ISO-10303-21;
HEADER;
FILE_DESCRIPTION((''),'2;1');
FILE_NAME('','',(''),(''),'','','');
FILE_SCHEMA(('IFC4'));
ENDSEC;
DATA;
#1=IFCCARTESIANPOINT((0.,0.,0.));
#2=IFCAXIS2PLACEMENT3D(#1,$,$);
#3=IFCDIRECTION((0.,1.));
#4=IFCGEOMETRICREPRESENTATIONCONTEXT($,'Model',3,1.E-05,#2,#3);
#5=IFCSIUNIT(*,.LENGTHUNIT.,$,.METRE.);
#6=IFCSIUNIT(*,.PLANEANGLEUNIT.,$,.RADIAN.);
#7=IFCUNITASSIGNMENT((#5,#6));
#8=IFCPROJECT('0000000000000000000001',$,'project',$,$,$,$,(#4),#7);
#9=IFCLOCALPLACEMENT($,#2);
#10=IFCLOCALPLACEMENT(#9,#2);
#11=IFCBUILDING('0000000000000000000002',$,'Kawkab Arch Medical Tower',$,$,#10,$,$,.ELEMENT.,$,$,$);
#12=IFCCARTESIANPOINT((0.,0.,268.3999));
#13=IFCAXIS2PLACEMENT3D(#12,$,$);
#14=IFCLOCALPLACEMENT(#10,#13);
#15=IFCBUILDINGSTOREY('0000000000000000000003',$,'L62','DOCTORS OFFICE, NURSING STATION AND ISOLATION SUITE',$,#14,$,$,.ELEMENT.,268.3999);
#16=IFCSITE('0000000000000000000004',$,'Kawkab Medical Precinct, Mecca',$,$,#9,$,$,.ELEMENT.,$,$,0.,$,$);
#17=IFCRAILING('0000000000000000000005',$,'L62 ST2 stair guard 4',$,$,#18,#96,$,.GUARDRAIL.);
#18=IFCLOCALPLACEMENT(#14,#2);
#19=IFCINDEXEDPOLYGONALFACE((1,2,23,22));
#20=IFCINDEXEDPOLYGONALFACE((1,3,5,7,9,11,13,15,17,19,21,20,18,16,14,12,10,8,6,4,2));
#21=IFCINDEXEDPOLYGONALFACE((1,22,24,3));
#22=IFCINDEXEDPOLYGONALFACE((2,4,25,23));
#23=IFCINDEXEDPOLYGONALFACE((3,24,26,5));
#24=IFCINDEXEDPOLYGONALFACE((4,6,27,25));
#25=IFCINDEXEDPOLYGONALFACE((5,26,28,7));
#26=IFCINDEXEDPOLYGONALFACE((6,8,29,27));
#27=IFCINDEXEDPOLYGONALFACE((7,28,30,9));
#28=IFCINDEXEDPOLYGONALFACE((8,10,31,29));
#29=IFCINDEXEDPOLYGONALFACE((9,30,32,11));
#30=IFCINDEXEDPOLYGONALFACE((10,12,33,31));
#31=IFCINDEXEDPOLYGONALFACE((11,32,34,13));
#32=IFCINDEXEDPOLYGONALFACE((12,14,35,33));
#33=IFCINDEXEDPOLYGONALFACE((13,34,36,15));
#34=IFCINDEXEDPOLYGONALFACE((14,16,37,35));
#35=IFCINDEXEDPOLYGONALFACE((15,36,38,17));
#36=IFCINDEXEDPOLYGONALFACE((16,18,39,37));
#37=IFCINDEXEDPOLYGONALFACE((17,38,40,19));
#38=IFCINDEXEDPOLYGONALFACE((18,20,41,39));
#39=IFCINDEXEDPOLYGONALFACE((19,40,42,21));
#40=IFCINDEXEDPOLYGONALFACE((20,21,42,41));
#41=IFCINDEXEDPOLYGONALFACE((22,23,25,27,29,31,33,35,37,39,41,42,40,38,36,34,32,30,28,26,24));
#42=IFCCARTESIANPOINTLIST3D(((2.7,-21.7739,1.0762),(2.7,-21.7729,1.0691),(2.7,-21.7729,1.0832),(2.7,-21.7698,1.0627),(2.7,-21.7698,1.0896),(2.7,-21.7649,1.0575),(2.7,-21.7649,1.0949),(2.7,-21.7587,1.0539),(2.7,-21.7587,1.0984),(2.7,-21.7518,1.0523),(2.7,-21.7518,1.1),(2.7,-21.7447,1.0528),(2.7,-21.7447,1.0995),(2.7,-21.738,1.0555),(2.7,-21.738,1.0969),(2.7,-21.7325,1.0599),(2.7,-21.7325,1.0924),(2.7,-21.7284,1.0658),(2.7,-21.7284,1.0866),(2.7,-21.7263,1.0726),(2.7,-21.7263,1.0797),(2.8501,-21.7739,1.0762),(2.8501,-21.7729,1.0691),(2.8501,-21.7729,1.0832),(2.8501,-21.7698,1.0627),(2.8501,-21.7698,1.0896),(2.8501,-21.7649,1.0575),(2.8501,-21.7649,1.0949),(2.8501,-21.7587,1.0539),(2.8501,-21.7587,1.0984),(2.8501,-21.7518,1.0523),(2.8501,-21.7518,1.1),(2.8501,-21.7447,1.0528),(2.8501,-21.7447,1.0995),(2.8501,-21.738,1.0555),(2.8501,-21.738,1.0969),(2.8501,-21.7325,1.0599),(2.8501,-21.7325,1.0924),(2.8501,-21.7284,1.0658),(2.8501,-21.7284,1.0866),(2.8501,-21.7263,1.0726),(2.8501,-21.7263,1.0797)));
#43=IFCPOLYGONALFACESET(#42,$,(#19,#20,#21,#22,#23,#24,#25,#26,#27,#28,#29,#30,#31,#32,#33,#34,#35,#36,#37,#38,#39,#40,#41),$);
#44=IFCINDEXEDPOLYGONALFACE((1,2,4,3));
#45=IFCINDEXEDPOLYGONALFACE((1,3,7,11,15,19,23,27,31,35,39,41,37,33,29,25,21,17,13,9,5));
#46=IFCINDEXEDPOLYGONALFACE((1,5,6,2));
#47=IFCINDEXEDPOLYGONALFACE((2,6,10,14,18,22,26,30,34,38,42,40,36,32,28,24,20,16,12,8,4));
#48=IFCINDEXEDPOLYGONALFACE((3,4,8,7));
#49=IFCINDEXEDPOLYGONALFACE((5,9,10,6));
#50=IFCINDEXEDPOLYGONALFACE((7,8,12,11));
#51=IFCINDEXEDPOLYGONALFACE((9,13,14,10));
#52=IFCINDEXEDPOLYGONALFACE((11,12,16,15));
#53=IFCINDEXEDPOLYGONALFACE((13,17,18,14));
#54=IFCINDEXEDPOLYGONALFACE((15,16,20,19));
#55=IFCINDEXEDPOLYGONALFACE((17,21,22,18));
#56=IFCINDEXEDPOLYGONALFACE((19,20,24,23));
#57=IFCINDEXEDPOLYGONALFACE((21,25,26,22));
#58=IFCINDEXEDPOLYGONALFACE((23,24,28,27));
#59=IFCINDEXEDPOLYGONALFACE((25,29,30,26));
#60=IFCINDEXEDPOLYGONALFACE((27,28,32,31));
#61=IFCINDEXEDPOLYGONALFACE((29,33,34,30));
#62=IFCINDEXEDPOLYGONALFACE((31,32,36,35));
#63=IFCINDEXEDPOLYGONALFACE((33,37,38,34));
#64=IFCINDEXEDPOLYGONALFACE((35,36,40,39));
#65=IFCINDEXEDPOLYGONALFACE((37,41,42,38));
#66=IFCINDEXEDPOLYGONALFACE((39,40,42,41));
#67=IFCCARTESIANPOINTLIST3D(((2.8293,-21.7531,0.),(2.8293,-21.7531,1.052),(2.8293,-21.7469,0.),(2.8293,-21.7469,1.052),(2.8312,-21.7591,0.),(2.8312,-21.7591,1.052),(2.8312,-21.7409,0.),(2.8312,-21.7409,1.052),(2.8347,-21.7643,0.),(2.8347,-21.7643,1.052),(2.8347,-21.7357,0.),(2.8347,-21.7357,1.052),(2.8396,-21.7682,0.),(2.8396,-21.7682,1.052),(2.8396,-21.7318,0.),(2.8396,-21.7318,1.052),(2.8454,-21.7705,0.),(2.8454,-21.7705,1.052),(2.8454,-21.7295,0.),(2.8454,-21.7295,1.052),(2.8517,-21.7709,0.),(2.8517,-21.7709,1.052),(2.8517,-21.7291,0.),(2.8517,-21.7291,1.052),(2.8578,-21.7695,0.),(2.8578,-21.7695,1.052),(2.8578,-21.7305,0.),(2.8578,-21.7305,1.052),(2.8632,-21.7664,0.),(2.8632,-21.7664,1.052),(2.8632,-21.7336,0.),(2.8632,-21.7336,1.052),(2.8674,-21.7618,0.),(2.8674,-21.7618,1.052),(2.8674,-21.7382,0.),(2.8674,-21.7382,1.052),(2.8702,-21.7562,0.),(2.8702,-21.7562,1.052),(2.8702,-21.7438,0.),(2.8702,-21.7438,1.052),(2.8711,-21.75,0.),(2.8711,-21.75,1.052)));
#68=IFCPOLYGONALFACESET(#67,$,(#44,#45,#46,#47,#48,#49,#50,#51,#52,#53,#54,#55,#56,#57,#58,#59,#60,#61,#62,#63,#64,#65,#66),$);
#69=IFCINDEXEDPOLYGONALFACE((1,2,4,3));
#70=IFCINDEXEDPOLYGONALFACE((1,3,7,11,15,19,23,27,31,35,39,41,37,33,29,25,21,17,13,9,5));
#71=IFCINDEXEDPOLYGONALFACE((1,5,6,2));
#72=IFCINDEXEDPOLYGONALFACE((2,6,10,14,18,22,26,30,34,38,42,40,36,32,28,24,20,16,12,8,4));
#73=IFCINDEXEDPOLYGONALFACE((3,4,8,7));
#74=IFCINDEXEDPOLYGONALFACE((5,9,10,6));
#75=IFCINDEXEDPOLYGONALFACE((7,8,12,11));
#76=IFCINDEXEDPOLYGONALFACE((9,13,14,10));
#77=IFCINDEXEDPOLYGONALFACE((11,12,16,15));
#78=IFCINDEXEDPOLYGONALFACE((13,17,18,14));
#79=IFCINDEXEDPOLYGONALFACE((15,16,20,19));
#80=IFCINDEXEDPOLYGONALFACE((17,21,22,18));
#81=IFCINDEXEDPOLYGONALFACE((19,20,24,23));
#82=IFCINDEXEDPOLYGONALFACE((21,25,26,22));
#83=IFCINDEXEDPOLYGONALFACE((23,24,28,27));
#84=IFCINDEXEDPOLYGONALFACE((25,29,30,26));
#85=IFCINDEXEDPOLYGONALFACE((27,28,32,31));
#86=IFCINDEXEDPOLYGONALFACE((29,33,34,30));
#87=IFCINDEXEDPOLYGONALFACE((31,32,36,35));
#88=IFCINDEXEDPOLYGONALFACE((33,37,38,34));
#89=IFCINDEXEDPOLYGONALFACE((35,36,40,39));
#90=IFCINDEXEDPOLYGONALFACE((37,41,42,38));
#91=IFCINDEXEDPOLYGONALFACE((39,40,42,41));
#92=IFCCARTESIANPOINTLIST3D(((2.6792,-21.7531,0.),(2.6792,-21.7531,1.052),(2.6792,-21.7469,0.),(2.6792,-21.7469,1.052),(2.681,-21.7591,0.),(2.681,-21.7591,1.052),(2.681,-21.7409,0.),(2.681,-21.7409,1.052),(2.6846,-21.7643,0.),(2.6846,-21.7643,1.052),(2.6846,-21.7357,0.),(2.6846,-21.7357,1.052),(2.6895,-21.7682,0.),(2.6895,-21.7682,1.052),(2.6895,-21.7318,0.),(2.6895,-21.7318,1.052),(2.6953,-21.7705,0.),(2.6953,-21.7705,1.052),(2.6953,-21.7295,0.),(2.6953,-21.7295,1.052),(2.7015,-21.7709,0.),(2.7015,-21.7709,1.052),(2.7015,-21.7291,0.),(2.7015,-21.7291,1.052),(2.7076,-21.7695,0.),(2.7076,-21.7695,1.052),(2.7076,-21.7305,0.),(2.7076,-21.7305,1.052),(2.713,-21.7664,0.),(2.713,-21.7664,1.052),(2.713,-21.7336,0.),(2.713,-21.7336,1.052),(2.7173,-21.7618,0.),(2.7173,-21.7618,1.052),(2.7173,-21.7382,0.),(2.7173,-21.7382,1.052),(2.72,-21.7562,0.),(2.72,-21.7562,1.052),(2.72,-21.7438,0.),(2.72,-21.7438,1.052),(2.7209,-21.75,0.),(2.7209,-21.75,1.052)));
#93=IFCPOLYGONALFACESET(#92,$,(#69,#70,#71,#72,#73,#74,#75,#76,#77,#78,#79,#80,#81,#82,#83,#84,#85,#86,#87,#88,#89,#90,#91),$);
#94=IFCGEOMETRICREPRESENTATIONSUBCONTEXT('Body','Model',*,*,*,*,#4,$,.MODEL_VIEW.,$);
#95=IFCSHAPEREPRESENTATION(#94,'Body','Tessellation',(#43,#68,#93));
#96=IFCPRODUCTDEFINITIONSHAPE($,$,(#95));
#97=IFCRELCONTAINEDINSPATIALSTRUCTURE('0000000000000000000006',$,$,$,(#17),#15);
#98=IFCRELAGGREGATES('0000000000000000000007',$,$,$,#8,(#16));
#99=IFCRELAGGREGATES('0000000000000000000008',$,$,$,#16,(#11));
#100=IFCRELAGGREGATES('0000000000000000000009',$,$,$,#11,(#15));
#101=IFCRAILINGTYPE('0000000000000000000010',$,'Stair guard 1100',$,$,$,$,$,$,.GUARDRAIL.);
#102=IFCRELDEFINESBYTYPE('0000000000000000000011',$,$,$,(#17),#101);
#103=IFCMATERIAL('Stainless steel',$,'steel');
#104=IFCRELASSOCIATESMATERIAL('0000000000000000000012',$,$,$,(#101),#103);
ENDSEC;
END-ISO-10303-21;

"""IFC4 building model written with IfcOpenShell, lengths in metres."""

from ifc_helpers import new_model, si_unit, direction, frame, origin, origin_2d, place, context, subcontext, project, spatial, circle, extrude, material, type_object, element, save


model = new_model("IFC4")

# Units and contexts
model_context = context("Model", 3, precision=1e-05, world=origin(), true_north=direction((0.0, 1.0)))
body_context = subcontext(model_context, "Body", "Model", "MODEL_VIEW")
ifc_project = project(units=[si_unit("LENGTHUNIT", "METRE"), si_unit("PLANEANGLEUNIT", "RADIAN")], contexts=[model_context])

# Site, building, storey
site_placement = place(None, origin())
site = spatial("IfcSite", under=ifc_project, at=site_placement, Name="Kawkab Medical Precinct, Mecca", CompositionType="ELEMENT", RefElevation=0.0)
building_placement = place(site_placement, origin())
building = spatial("IfcBuilding", under=site, at=building_placement, Name="Kawkab Arch Medical Tower", CompositionType="ELEMENT")
storey_placement = place(building_placement, frame((0.0, 0.0, 268.3999)))
storey = spatial("IfcBuildingStorey", under=building, at=storey_placement, Name="L62", Description="DOCTORS OFFICE, NURSING STATION AND ISOLATION SUITE", CompositionType="ELEMENT", Elevation=268.3999)

# Railing
ifc_material_1 = material(Name="Stainless steel", Category="steel")
railing_type_1 = type_object("IfcRailingType", Name="Stair guard 1100", PredefinedType="GUARDRAIL", material=ifc_material_1)
railing_1_placement = place(storey_placement, frame((2.8501, -21.75, 0.0)))
element("IfcRailing", 1, at=railing_1_placement, inside=storey, type_object=railing_type_1, Name="L62 ST2 stair guard 4", PredefinedType="GUARDRAIL", context=body_context, shape_type="SweptSolid", body=[
    extrude(circle(Radius=0.0239, at=origin_2d()), frame((0.0, 0.0, 1.0762), z_axis=(-1.0, 0.0, 0.0), x_axis=(0.0, -1.0, 0.0)), (0.0, 0.0, 1.0), 0.1501),
    extrude(circle(Radius=0.021, at=origin_2d()), origin(), (0.0, 0.0, 1.0), 1.052),
    extrude(circle(Radius=0.021, at=origin_2d()), frame((-0.1501, 0.0, 0.0)), (0.0, 0.0, 1.0), 1.052),
])

save(model, "model.ifc")
